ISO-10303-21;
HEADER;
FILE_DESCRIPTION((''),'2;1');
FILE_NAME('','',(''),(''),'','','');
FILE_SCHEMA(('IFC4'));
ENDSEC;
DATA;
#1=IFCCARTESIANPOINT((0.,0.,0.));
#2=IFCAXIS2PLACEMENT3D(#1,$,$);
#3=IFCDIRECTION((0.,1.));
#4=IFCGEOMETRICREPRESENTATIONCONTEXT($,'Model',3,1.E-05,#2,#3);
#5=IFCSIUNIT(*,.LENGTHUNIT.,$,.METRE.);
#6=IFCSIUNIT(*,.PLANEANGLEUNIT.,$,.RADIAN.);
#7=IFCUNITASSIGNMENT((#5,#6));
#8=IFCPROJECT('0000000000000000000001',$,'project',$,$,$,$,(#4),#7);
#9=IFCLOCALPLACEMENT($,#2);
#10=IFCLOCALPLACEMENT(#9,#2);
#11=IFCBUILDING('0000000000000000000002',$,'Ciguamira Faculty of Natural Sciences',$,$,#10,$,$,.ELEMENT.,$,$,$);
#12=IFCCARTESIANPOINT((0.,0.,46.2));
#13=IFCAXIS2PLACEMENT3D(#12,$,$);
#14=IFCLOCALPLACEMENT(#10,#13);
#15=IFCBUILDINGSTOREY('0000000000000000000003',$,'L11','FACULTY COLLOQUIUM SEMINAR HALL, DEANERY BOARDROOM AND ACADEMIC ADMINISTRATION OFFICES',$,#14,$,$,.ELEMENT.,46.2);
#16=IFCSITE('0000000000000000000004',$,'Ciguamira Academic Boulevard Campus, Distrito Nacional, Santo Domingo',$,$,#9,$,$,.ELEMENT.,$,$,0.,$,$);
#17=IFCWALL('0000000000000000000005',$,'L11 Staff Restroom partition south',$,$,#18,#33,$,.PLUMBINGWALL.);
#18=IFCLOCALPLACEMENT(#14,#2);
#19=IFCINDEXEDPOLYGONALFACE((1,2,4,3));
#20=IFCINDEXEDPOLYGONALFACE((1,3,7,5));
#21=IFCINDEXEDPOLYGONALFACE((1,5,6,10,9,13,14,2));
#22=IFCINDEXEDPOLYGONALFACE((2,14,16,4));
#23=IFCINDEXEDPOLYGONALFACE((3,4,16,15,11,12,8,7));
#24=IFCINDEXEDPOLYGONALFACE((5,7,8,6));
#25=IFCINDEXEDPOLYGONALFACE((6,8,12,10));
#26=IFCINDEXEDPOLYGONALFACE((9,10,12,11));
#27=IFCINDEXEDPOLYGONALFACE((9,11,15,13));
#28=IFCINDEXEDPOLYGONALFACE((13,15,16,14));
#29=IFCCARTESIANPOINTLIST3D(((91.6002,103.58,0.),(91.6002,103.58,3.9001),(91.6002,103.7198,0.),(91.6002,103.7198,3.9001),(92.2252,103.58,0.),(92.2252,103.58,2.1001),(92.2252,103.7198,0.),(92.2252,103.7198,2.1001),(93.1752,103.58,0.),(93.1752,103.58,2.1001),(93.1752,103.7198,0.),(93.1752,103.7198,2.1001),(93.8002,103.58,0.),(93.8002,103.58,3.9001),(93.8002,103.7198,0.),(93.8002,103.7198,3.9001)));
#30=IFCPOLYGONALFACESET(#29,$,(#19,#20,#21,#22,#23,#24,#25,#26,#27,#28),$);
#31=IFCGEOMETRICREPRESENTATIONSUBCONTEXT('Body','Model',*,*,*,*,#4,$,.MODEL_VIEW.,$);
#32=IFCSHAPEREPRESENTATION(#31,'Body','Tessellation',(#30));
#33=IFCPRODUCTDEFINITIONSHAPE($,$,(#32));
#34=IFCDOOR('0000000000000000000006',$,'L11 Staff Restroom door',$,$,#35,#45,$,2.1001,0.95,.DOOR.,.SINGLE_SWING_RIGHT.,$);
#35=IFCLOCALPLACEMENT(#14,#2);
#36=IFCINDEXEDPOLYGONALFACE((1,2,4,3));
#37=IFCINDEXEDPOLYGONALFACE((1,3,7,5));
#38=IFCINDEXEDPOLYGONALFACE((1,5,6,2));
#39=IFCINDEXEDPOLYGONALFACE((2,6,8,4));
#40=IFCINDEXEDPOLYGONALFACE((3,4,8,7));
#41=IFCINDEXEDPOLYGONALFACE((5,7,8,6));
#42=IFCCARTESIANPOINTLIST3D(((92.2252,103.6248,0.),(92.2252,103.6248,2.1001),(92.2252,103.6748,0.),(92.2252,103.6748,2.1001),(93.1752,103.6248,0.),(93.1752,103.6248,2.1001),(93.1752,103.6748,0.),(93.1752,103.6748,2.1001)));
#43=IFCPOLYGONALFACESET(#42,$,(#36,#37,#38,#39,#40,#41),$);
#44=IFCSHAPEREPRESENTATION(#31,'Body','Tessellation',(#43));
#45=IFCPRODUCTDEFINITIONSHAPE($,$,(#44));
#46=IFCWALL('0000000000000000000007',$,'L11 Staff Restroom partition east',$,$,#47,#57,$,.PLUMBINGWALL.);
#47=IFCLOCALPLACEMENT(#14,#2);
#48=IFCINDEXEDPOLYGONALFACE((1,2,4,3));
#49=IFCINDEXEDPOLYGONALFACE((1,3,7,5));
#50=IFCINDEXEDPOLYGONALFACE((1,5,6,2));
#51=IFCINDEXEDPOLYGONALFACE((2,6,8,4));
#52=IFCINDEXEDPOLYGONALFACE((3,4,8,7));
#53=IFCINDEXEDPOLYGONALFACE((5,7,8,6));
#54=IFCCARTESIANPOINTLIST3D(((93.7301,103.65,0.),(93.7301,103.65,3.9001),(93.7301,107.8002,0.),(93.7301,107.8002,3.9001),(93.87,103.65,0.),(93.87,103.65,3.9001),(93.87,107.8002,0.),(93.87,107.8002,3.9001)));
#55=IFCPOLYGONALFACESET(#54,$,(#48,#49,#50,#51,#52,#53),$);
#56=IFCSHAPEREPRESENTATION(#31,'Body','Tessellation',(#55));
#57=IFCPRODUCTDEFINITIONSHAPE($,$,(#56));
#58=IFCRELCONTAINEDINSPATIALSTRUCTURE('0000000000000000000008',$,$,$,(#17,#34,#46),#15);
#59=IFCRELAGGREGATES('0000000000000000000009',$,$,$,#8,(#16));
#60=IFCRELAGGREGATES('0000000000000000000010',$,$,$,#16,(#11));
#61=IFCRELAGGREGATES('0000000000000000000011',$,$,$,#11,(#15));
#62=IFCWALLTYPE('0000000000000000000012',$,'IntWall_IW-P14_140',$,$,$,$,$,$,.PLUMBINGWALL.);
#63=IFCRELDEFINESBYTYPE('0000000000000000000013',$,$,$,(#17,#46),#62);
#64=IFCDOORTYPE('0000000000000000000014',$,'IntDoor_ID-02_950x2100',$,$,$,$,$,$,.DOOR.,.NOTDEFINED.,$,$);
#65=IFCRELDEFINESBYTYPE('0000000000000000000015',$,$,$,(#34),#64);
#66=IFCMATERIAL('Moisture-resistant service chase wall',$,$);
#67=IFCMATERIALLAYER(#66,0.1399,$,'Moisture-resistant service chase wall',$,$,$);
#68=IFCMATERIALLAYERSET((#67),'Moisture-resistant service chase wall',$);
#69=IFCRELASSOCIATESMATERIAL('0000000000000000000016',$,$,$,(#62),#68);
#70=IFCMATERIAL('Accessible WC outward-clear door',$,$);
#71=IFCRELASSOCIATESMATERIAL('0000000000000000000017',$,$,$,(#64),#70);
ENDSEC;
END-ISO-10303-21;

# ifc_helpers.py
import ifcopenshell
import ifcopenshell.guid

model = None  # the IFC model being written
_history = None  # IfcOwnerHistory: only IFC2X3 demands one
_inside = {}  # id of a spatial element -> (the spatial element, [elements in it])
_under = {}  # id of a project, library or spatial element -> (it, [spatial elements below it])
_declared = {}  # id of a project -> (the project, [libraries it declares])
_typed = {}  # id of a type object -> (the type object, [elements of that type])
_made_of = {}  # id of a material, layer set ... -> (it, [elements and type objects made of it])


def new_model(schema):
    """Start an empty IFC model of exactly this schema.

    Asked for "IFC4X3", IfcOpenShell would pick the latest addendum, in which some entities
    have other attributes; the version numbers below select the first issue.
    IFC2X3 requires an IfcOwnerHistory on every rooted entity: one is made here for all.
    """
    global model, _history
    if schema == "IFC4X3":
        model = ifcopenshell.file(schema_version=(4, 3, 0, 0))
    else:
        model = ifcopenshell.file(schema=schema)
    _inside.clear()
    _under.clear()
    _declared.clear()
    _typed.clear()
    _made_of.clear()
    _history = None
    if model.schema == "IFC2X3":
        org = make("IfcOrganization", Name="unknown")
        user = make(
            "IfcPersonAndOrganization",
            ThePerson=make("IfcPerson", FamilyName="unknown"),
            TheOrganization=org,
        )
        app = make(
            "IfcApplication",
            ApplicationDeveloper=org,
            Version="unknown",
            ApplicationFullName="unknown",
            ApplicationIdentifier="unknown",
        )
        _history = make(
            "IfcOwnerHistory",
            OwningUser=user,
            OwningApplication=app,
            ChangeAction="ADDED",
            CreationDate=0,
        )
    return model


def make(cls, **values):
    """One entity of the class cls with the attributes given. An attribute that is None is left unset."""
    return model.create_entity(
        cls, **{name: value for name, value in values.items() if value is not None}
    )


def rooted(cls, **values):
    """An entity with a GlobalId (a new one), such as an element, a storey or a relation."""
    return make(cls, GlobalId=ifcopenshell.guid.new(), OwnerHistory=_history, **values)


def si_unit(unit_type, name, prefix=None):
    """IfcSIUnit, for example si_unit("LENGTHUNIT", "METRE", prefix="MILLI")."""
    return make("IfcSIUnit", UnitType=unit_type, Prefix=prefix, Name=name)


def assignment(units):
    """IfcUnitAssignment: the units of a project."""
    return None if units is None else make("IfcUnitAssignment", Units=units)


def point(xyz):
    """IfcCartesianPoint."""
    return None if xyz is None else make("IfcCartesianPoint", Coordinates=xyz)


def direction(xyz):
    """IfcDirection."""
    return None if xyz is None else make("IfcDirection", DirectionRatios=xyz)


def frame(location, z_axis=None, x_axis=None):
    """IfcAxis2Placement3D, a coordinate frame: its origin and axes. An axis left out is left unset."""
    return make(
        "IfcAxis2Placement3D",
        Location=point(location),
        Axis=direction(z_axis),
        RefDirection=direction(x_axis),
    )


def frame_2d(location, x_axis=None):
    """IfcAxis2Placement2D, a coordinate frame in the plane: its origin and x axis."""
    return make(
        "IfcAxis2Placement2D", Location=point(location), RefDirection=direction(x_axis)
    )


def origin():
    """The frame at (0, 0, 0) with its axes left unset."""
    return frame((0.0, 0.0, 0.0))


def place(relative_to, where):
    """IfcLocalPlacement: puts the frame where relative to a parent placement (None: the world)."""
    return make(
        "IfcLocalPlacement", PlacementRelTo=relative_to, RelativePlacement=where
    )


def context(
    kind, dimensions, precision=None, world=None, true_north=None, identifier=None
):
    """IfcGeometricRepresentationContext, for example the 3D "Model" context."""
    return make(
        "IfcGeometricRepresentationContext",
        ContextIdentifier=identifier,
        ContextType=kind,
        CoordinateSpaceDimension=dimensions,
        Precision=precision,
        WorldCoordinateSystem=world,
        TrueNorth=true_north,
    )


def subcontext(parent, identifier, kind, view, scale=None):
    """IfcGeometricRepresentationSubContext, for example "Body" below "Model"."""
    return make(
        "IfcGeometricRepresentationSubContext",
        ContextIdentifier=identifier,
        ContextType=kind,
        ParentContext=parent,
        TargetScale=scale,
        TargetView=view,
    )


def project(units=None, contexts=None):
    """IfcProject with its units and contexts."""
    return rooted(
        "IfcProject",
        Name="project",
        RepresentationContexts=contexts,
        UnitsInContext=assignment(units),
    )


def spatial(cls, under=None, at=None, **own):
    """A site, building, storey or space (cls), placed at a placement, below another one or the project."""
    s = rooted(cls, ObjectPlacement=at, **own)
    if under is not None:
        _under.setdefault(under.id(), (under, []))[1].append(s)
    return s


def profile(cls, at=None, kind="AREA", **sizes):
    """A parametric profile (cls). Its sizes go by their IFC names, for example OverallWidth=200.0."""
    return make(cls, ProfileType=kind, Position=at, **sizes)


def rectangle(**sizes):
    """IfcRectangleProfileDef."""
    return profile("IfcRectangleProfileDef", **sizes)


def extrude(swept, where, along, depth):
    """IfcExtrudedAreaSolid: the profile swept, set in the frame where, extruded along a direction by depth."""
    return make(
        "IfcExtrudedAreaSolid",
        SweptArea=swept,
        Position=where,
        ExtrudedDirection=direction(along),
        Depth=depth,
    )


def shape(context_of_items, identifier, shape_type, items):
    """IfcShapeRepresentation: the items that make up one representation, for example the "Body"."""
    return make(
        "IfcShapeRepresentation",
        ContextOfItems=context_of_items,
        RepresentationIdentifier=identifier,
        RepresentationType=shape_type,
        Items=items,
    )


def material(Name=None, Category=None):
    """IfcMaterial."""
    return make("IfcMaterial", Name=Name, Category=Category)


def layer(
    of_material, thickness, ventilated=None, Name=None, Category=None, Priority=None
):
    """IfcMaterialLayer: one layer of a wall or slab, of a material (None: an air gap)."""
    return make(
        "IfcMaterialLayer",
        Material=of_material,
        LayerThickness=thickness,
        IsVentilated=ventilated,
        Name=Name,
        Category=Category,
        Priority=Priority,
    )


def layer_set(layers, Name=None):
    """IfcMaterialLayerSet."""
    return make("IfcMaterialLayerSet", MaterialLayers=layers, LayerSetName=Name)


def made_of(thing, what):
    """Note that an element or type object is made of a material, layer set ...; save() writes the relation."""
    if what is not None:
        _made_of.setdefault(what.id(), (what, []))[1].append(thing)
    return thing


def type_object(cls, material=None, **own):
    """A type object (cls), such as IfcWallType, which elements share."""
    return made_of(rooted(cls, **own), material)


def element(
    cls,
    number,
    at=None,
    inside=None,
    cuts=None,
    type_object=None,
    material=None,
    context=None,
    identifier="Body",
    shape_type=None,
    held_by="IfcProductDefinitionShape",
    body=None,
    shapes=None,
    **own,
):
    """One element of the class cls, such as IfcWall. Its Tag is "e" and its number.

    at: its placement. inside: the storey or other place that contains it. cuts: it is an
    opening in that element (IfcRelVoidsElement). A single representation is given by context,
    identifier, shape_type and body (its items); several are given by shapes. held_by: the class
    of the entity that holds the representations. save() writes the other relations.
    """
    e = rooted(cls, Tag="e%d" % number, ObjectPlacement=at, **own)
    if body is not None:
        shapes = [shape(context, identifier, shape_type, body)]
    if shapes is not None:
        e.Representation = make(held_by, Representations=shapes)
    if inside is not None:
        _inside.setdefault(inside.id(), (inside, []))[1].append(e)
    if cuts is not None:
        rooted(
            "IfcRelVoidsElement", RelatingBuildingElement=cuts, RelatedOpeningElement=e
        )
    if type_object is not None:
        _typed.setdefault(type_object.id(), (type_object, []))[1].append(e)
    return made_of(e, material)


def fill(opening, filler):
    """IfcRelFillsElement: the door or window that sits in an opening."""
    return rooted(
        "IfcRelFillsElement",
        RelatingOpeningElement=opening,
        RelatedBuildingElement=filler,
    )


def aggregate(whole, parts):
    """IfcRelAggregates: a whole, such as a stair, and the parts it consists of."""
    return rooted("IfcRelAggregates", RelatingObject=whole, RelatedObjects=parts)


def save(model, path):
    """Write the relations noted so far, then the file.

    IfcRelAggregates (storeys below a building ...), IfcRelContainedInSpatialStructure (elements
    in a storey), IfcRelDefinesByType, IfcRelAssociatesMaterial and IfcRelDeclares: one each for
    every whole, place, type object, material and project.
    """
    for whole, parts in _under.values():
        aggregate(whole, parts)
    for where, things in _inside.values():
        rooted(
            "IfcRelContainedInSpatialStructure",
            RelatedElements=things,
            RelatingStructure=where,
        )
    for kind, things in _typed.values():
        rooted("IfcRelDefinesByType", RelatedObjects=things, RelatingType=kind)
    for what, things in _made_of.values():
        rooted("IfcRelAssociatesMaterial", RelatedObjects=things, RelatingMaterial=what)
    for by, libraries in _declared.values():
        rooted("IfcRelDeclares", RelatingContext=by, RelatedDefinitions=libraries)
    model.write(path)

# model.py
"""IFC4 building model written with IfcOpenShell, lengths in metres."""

from ifc_helpers import new_model, si_unit, direction, frame, frame_2d, origin, place, context, subcontext, project, spatial, rectangle, extrude, material, layer, layer_set, type_object, element, fill, save


model = new_model("IFC4")

# Units and contexts
model_context = context("Model", 3, precision=1e-05, world=origin(), true_north=direction((0.0, 1.0)))
body_context = subcontext(model_context, "Body", "Model", "MODEL_VIEW")
ifc_project = project(units=[si_unit("LENGTHUNIT", "METRE"), si_unit("PLANEANGLEUNIT", "RADIAN")], contexts=[model_context])

# Site, building, storey
site_placement = place(None, origin())
site = spatial("IfcSite", under=ifc_project, at=site_placement, Name="Ciguamira Academic Boulevard Campus, Distrito Nacional, Santo Domingo", CompositionType="ELEMENT", RefElevation=0.0)
building_placement = place(site_placement, origin())
building = spatial("IfcBuilding", under=site, at=building_placement, Name="Ciguamira Faculty of Natural Sciences", CompositionType="ELEMENT")
storey_placement = place(building_placement, frame((0.0, 0.0, 46.2)))
storey = spatial("IfcBuildingStorey", under=building, at=storey_placement, Name="L11", Description="FACULTY COLLOQUIUM SEMINAR HALL, DEANERY BOARDROOM AND ACADEMIC ADMINISTRATION OFFICES", CompositionType="ELEMENT", Elevation=46.2)

# Shared definitions
ifc_material_1 = material(Name="Moisture-resistant service chase wall")
ifc_layer_1 = layer(ifc_material_1, 0.1399, Name="Moisture-resistant service chase wall")
ifc_layer_set_1 = layer_set([ifc_layer_1], Name="Moisture-resistant service chase wall")
wall_type_1 = type_object("IfcWallType", Name="IntWall_IW-P14_140", PredefinedType="PLUMBINGWALL", material=ifc_layer_set_1)

# Wall, opening, door
wall_1_placement = place(storey_placement, frame((91.6001, 103.6499, 0.0), z_axis=(0.0, 0.0, 1.0), x_axis=(1.0, 0.0, 0.0)))
wall_1 = element("IfcWall", 1, at=wall_1_placement, inside=storey, type_object=wall_type_1, Name="L11 Staff Restroom partition south", PredefinedType="PLUMBINGWALL", context=body_context, shape_type="SweptSolid", body=[
    extrude(rectangle(XDim=2.2, YDim=0.1399, at=frame_2d((1.1001, 0.0))), origin(), (0.0, 0.0, 1.0), 3.9001),
])
opening_1_placement = place(wall_1_placement, frame((0.625, 0.0, 0.0)))
opening_1 = element("IfcOpeningElement", 2, at=opening_1_placement, cuts=wall_1, PredefinedType="OPENING", context=body_context, shape_type="SweptSolid", body=[
    extrude(rectangle(XDim=0.95, YDim=2.1001, at=frame_2d((0.4751, 1.05))), frame((0.0, 0.0798, 0.0), z_axis=(0.0, -1.0, 0.0), x_axis=(1.0, 0.0, 0.0)), (0.0, 0.0, 1.0), 0.1599),
])
ifc_material_2 = material(Name="Accessible WC outward-clear door")
door_type_1 = type_object("IfcDoorType", Name="IntDoor_ID-02_950x2100", OperationType="NOTDEFINED", PredefinedType="DOOR", material=ifc_material_2)
door_1_placement = place(opening_1_placement, origin())
door_1 = element("IfcDoor", 3, at=door_1_placement, inside=storey, type_object=door_type_1, Name="L11 Staff Restroom door", OperationType="SINGLE_SWING_RIGHT", OverallHeight=2.1001, OverallWidth=0.95, PredefinedType="DOOR", context=body_context, shape_type="SweptSolid", body=[
    extrude(rectangle(XDim=0.95, YDim=2.1001, at=frame_2d((0.4751, 1.05))), frame((0.0, 0.0249, 0.0), z_axis=(0.0, -1.0, 0.0), x_axis=(1.0, 0.0, 0.0)), (0.0, 0.0, 1.0), 0.05),
])
fill(opening_1, door_1)

# Wall
wall_2_placement = place(storey_placement, frame((93.8, 103.6499, 0.0), z_axis=(0.0, 0.0, 1.0), x_axis=(0.0, 1.0, 0.0)))
element("IfcWall", 4, at=wall_2_placement, inside=storey, type_object=wall_type_1, Name="L11 Staff Restroom partition east", PredefinedType="PLUMBINGWALL", context=body_context, shape_type="SweptSolid", body=[
    extrude(rectangle(XDim=4.1501, YDim=0.1399, at=frame_2d((2.0752, 0.0))), origin(), (0.0, 0.0, 1.0), 3.9001),
])

save(model, "model.ifc")
